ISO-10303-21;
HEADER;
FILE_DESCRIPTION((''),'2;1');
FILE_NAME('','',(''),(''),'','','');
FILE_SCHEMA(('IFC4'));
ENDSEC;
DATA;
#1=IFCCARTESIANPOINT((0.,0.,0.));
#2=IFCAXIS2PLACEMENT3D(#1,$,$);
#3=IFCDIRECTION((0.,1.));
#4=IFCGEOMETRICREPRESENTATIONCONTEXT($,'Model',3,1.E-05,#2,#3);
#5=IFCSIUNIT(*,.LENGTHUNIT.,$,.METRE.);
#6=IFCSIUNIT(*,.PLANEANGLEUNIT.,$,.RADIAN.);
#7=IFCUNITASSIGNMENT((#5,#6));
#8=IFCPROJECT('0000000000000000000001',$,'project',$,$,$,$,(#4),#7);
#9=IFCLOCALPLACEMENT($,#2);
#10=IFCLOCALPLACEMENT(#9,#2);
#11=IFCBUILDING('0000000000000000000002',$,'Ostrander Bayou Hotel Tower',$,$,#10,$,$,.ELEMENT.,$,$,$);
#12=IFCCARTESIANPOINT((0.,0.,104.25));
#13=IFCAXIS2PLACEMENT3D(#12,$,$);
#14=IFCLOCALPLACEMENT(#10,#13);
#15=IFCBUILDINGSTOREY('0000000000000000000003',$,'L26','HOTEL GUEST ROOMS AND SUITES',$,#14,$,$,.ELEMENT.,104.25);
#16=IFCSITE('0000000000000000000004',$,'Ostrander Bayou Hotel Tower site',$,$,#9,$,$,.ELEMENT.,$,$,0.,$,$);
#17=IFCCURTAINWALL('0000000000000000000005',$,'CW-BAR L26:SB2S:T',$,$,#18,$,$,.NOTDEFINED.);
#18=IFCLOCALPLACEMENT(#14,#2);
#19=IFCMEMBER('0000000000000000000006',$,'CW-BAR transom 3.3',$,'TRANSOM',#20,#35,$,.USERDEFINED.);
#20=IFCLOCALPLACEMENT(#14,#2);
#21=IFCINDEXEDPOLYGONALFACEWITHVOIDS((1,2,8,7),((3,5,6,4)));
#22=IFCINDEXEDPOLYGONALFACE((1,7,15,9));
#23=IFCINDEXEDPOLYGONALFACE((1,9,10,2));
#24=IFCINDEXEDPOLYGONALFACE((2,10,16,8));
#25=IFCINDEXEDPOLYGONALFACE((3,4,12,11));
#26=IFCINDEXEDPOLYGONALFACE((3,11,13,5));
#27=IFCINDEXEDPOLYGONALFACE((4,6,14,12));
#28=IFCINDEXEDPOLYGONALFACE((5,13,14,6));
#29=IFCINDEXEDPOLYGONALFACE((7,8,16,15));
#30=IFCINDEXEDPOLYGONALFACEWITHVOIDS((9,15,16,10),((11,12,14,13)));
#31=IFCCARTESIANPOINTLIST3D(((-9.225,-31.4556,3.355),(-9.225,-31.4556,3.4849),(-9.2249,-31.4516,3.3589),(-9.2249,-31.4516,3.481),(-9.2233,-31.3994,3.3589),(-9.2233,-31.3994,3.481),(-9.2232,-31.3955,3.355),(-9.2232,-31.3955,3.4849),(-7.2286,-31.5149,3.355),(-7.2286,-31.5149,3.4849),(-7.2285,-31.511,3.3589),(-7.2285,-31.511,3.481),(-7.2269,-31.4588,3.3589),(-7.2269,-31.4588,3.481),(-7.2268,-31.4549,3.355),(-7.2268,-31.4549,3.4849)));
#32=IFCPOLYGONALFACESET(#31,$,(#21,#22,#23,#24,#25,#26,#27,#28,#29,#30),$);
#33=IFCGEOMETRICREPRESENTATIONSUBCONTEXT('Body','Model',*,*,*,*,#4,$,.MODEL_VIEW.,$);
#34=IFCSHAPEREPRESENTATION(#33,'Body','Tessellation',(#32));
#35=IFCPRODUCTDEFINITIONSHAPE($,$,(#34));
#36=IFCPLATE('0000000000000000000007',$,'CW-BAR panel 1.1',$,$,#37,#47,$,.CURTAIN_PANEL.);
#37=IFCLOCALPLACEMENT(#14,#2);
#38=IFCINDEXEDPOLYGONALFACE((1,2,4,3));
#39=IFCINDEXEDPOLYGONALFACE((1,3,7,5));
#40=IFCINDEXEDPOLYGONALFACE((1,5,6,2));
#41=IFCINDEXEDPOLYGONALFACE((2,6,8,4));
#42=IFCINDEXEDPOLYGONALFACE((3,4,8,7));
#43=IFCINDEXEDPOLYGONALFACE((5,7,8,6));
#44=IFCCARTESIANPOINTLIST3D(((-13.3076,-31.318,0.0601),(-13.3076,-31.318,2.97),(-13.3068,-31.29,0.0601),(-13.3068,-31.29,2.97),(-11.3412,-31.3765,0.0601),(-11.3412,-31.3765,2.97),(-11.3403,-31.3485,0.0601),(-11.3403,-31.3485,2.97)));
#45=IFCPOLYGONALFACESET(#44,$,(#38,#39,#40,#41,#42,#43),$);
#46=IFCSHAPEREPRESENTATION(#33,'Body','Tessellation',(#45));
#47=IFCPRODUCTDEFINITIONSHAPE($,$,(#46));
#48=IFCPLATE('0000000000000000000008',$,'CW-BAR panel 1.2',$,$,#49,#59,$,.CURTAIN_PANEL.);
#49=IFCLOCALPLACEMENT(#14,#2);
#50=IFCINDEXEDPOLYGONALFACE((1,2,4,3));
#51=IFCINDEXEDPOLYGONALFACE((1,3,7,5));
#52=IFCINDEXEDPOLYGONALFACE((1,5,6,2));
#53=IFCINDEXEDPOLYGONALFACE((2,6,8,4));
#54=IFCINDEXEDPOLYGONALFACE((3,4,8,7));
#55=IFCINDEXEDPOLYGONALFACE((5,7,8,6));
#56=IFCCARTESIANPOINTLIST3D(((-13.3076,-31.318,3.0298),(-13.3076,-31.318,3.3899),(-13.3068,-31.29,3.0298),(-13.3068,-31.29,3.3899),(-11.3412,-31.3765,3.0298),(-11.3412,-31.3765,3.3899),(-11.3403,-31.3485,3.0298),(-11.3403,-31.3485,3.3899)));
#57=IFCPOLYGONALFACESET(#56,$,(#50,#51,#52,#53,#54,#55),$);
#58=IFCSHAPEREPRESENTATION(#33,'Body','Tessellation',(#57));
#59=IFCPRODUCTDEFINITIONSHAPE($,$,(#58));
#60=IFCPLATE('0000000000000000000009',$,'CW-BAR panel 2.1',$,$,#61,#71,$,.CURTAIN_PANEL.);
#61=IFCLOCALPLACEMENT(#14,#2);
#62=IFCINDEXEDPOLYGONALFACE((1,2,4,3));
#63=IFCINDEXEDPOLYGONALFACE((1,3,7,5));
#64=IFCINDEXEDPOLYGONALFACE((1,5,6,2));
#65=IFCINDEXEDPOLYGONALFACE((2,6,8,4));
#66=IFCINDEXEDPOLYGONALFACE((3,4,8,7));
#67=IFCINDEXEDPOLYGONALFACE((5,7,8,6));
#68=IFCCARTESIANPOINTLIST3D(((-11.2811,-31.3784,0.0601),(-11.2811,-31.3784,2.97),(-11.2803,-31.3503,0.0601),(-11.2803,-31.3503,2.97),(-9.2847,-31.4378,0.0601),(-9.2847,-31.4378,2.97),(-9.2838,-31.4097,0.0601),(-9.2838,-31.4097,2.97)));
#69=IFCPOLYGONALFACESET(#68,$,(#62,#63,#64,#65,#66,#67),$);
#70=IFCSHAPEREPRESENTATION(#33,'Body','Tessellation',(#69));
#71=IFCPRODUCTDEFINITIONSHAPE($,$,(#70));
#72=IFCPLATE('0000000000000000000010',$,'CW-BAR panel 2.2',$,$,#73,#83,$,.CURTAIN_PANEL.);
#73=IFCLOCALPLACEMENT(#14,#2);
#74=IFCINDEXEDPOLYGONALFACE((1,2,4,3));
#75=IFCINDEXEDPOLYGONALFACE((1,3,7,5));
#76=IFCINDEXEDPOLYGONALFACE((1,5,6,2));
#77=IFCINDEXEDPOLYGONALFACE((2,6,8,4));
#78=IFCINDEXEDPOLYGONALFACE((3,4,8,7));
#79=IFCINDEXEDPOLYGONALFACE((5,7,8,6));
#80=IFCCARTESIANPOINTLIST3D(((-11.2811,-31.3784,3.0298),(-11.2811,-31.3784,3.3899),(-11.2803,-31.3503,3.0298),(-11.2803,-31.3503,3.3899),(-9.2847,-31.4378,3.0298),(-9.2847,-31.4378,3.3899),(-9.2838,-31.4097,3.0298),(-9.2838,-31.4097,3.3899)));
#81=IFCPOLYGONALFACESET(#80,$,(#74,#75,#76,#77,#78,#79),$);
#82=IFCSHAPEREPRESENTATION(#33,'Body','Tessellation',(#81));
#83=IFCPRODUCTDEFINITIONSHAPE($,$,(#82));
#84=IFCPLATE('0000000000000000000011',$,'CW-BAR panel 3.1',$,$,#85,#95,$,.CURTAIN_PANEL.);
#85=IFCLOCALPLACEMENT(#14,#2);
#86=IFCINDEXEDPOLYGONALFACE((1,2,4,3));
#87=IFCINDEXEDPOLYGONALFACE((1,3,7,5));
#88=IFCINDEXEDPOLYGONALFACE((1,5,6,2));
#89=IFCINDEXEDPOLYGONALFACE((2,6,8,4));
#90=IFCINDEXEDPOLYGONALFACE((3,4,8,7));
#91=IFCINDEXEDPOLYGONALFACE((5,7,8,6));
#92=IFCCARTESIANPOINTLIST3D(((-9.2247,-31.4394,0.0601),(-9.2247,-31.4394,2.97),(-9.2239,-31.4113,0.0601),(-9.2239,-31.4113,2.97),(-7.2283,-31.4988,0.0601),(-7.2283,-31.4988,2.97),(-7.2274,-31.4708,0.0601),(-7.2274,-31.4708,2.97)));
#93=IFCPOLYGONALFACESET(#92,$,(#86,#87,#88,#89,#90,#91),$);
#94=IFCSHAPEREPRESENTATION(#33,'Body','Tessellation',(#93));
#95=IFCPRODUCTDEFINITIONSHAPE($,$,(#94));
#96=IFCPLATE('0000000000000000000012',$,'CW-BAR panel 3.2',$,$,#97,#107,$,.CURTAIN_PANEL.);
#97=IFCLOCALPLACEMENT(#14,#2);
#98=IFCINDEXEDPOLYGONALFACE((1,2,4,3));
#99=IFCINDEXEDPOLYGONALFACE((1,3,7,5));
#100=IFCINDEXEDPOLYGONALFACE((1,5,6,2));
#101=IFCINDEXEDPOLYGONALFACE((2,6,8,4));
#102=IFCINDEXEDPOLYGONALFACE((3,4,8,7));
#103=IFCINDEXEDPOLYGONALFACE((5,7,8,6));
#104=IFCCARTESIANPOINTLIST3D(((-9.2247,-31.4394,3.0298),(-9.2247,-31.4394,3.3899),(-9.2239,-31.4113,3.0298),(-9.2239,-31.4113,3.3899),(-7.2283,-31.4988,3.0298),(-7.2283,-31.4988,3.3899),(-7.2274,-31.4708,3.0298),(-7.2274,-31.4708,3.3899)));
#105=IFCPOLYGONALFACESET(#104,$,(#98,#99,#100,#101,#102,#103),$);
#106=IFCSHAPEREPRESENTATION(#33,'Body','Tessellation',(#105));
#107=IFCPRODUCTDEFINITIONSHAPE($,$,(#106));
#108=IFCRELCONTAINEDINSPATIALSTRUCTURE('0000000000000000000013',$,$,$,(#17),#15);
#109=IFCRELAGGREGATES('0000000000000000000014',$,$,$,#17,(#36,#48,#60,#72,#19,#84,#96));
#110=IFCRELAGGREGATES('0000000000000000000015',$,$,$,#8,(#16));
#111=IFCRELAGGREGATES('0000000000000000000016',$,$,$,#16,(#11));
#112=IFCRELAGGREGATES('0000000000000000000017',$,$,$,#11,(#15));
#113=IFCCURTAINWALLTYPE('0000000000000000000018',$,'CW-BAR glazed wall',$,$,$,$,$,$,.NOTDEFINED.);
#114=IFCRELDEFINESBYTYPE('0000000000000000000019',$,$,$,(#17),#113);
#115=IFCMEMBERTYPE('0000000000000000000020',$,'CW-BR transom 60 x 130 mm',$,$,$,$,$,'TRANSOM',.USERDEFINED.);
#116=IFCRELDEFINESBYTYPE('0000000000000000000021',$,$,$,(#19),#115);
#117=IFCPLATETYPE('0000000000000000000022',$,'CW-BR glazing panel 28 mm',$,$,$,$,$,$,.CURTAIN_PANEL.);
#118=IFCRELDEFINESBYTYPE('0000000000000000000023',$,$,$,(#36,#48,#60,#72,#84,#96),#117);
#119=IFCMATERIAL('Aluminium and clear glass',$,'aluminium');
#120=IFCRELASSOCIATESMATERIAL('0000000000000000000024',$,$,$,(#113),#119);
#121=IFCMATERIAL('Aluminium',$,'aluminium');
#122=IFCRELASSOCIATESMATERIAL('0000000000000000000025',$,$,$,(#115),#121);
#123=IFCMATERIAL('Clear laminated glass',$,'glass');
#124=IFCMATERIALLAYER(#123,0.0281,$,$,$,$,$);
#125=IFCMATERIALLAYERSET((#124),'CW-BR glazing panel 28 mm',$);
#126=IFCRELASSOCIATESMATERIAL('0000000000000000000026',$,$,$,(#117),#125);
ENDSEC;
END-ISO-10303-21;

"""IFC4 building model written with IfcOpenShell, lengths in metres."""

from ifc_helpers import new_model, si_unit, direction, frame, origin, origin_2d, place, context, subcontext, project, spatial, rectangle, hollow_rectangle, extrude, material, layer, layer_set, material_profile, profile_set, type_object, element, aggregate, save


model = new_model("IFC4")

# Units and contexts
model_context = context("Model", 3, precision=1e-05, world=origin(), true_north=direction((0.0, 1.0)))
body_context = subcontext(model_context, "Body", "Model", "MODEL_VIEW")
ifc_project = project(units=[si_unit("LENGTHUNIT", "METRE"), si_unit("PLANEANGLEUNIT", "RADIAN")], contexts=[model_context])

# Site, building, storey
site_placement = place(None, origin())
site = spatial("IfcSite", under=ifc_project, at=site_placement, Name="Ostrander Bayou Hotel Tower site", CompositionType="ELEMENT", RefElevation=0.0)
building_placement = place(site_placement, origin())
building = spatial("IfcBuilding", under=site, at=building_placement, Name="Ostrander Bayou Hotel Tower", CompositionType="ELEMENT")
storey_placement = place(building_placement, frame((0.0, 0.0, 104.25)))
storey = spatial("IfcBuildingStorey", under=building, at=storey_placement, Name="L26", Description="HOTEL GUEST ROOMS AND SUITES", CompositionType="ELEMENT", Elevation=104.25)

# Curtain wall, member, plates
ifc_material_1 = material(Name="Aluminium and clear glass", Category="aluminium")
curtain_wall_type = type_object("IfcCurtainWallType", Name="CW-BAR glazed wall", PredefinedType="NOTDEFINED", material=ifc_material_1)
curtain_wall_placement = place(storey_placement, origin())
curtain_wall = element("IfcCurtainWall", 1, at=curtain_wall_placement, inside=storey, type_object=curtain_wall_type, Name="CW-BAR L26:SB2S:T", PredefinedType="NOTDEFINED")
ifc_material_2 = material(Name="Aluminium", Category="aluminium")
ifc_material_profile_1 = material_profile(ifc_material_2, hollow_rectangle(XDim=0.0601, YDim=0.1299, WallThickness=0.0039, at=origin_2d()))
ifc_profile_set_1 = profile_set([ifc_material_profile_1], Name="Aluminium")
member_type_1 = type_object("IfcMemberType", Name="CW-BR transom 60 x 130 mm", ElementType="TRANSOM", PredefinedType="USERDEFINED", material=ifc_profile_set_1)
member_1_placement = place(storey_placement, frame((-9.2241, -31.4255, 3.4199), z_axis=(0.999559, -0.029704, 0.0), x_axis=(0.029704, 0.999559, 0.0)))
member_1 = element("IfcMember", 2, at=member_1_placement, type_object=member_type_1, Name="CW-BAR transom 3.3", ObjectType="TRANSOM", PredefinedType="USERDEFINED", context=body_context, shape_type="SweptSolid", body=[
    extrude(hollow_rectangle(XDim=0.0601, YDim=0.1299, WallThickness=0.0039, at=origin_2d()), origin(), (0.0, 0.0, 1.0), 1.9973),
])
ifc_material_3 = material(Name="Clear laminated glass", Category="glass")
ifc_layer_1 = layer(ifc_material_3, 0.0281)
ifc_layer_set_1 = layer_set([ifc_layer_1], Name="CW-BR glazing panel 28 mm")
plate_type = type_object("IfcPlateType", Name="CW-BR glazing panel 28 mm", PredefinedType="CURTAIN_PANEL", material=ifc_layer_set_1)
plate_1_placement = place(storey_placement, frame((-12.324, -31.3333, 0.0601), z_axis=(0.0, 0.0, 1.0), x_axis=(0.999557, -0.029746, 0.0)))
plate_1 = element("IfcPlate", 3, at=plate_1_placement, type_object=plate_type, Name="CW-BAR panel 1.1", PredefinedType="CURTAIN_PANEL", context=body_context, shape_type="SweptSolid", body=[
    extrude(rectangle(XDim=1.9673, YDim=0.0281, at=origin_2d()), origin(), (0.0, 0.0, 1.0), 2.9099),
])
plate_2_placement = place(storey_placement, frame((-12.324, -31.3333, 3.0298), z_axis=(0.0, 0.0, 1.0), x_axis=(0.999557, -0.029746, 0.0)))
plate_2 = element("IfcPlate", 4, at=plate_2_placement, type_object=plate_type, Name="CW-BAR panel 1.2", PredefinedType="CURTAIN_PANEL", context=body_context, shape_type="SweptSolid", body=[
    extrude(rectangle(XDim=1.9673, YDim=0.0281, at=origin_2d()), origin(), (0.0, 0.0, 1.0), 0.3601),
])
plate_3_placement = place(storey_placement, frame((-10.2825, -31.394, 0.0601), z_axis=(0.0, 0.0, 1.0), x_axis=(0.999557, -0.029746, 0.0)))
plate_3 = element("IfcPlate", 5, at=plate_3_placement, type_object=plate_type, Name="CW-BAR panel 2.1", PredefinedType="CURTAIN_PANEL", context=body_context, shape_type="SweptSolid", body=[
    extrude(rectangle(XDim=1.9973, YDim=0.0281, at=origin_2d()), origin(), (0.0, 0.0, 1.0), 2.9099),
])
plate_4_placement = place(storey_placement, frame((-10.2825, -31.394, 3.0298), z_axis=(0.0, 0.0, 1.0), x_axis=(0.999557, -0.029746, 0.0)))
plate_4 = element("IfcPlate", 6, at=plate_4_placement, type_object=plate_type, Name="CW-BAR panel 2.2", PredefinedType="CURTAIN_PANEL", context=body_context, shape_type="SweptSolid", body=[
    extrude(rectangle(XDim=1.9973, YDim=0.0281, at=origin_2d()), origin(), (0.0, 0.0, 1.0), 0.3601),
])
plate_5_placement = place(storey_placement, frame((-8.2261, -31.4551, 0.0601), z_axis=(0.0, 0.0, 1.0), x_axis=(0.999557, -0.029746, 0.0)))
plate_5 = element("IfcPlate", 7, at=plate_5_placement, type_object=plate_type, Name="CW-BAR panel 3.1", PredefinedType="CURTAIN_PANEL", context=body_context, shape_type="SweptSolid", body=[
    extrude(rectangle(XDim=1.9973, YDim=0.0281, at=origin_2d()), origin(), (0.0, 0.0, 1.0), 2.9099),
])
plate_6_placement = place(storey_placement, frame((-8.2261, -31.4551, 3.0298), z_axis=(0.0, 0.0, 1.0), x_axis=(0.999557, -0.029746, 0.0)))
plate_6 = element("IfcPlate", 8, at=plate_6_placement, type_object=plate_type, Name="CW-BAR panel 3.2", PredefinedType="CURTAIN_PANEL", context=body_context, shape_type="SweptSolid", body=[
    extrude(rectangle(XDim=1.9973, YDim=0.0281, at=origin_2d()), origin(), (0.0, 0.0, 1.0), 0.3601),
])
aggregate(curtain_wall, [plate_1, plate_2, plate_3, plate_4, member_1, plate_5, plate_6])

save(model, "model.ifc")
